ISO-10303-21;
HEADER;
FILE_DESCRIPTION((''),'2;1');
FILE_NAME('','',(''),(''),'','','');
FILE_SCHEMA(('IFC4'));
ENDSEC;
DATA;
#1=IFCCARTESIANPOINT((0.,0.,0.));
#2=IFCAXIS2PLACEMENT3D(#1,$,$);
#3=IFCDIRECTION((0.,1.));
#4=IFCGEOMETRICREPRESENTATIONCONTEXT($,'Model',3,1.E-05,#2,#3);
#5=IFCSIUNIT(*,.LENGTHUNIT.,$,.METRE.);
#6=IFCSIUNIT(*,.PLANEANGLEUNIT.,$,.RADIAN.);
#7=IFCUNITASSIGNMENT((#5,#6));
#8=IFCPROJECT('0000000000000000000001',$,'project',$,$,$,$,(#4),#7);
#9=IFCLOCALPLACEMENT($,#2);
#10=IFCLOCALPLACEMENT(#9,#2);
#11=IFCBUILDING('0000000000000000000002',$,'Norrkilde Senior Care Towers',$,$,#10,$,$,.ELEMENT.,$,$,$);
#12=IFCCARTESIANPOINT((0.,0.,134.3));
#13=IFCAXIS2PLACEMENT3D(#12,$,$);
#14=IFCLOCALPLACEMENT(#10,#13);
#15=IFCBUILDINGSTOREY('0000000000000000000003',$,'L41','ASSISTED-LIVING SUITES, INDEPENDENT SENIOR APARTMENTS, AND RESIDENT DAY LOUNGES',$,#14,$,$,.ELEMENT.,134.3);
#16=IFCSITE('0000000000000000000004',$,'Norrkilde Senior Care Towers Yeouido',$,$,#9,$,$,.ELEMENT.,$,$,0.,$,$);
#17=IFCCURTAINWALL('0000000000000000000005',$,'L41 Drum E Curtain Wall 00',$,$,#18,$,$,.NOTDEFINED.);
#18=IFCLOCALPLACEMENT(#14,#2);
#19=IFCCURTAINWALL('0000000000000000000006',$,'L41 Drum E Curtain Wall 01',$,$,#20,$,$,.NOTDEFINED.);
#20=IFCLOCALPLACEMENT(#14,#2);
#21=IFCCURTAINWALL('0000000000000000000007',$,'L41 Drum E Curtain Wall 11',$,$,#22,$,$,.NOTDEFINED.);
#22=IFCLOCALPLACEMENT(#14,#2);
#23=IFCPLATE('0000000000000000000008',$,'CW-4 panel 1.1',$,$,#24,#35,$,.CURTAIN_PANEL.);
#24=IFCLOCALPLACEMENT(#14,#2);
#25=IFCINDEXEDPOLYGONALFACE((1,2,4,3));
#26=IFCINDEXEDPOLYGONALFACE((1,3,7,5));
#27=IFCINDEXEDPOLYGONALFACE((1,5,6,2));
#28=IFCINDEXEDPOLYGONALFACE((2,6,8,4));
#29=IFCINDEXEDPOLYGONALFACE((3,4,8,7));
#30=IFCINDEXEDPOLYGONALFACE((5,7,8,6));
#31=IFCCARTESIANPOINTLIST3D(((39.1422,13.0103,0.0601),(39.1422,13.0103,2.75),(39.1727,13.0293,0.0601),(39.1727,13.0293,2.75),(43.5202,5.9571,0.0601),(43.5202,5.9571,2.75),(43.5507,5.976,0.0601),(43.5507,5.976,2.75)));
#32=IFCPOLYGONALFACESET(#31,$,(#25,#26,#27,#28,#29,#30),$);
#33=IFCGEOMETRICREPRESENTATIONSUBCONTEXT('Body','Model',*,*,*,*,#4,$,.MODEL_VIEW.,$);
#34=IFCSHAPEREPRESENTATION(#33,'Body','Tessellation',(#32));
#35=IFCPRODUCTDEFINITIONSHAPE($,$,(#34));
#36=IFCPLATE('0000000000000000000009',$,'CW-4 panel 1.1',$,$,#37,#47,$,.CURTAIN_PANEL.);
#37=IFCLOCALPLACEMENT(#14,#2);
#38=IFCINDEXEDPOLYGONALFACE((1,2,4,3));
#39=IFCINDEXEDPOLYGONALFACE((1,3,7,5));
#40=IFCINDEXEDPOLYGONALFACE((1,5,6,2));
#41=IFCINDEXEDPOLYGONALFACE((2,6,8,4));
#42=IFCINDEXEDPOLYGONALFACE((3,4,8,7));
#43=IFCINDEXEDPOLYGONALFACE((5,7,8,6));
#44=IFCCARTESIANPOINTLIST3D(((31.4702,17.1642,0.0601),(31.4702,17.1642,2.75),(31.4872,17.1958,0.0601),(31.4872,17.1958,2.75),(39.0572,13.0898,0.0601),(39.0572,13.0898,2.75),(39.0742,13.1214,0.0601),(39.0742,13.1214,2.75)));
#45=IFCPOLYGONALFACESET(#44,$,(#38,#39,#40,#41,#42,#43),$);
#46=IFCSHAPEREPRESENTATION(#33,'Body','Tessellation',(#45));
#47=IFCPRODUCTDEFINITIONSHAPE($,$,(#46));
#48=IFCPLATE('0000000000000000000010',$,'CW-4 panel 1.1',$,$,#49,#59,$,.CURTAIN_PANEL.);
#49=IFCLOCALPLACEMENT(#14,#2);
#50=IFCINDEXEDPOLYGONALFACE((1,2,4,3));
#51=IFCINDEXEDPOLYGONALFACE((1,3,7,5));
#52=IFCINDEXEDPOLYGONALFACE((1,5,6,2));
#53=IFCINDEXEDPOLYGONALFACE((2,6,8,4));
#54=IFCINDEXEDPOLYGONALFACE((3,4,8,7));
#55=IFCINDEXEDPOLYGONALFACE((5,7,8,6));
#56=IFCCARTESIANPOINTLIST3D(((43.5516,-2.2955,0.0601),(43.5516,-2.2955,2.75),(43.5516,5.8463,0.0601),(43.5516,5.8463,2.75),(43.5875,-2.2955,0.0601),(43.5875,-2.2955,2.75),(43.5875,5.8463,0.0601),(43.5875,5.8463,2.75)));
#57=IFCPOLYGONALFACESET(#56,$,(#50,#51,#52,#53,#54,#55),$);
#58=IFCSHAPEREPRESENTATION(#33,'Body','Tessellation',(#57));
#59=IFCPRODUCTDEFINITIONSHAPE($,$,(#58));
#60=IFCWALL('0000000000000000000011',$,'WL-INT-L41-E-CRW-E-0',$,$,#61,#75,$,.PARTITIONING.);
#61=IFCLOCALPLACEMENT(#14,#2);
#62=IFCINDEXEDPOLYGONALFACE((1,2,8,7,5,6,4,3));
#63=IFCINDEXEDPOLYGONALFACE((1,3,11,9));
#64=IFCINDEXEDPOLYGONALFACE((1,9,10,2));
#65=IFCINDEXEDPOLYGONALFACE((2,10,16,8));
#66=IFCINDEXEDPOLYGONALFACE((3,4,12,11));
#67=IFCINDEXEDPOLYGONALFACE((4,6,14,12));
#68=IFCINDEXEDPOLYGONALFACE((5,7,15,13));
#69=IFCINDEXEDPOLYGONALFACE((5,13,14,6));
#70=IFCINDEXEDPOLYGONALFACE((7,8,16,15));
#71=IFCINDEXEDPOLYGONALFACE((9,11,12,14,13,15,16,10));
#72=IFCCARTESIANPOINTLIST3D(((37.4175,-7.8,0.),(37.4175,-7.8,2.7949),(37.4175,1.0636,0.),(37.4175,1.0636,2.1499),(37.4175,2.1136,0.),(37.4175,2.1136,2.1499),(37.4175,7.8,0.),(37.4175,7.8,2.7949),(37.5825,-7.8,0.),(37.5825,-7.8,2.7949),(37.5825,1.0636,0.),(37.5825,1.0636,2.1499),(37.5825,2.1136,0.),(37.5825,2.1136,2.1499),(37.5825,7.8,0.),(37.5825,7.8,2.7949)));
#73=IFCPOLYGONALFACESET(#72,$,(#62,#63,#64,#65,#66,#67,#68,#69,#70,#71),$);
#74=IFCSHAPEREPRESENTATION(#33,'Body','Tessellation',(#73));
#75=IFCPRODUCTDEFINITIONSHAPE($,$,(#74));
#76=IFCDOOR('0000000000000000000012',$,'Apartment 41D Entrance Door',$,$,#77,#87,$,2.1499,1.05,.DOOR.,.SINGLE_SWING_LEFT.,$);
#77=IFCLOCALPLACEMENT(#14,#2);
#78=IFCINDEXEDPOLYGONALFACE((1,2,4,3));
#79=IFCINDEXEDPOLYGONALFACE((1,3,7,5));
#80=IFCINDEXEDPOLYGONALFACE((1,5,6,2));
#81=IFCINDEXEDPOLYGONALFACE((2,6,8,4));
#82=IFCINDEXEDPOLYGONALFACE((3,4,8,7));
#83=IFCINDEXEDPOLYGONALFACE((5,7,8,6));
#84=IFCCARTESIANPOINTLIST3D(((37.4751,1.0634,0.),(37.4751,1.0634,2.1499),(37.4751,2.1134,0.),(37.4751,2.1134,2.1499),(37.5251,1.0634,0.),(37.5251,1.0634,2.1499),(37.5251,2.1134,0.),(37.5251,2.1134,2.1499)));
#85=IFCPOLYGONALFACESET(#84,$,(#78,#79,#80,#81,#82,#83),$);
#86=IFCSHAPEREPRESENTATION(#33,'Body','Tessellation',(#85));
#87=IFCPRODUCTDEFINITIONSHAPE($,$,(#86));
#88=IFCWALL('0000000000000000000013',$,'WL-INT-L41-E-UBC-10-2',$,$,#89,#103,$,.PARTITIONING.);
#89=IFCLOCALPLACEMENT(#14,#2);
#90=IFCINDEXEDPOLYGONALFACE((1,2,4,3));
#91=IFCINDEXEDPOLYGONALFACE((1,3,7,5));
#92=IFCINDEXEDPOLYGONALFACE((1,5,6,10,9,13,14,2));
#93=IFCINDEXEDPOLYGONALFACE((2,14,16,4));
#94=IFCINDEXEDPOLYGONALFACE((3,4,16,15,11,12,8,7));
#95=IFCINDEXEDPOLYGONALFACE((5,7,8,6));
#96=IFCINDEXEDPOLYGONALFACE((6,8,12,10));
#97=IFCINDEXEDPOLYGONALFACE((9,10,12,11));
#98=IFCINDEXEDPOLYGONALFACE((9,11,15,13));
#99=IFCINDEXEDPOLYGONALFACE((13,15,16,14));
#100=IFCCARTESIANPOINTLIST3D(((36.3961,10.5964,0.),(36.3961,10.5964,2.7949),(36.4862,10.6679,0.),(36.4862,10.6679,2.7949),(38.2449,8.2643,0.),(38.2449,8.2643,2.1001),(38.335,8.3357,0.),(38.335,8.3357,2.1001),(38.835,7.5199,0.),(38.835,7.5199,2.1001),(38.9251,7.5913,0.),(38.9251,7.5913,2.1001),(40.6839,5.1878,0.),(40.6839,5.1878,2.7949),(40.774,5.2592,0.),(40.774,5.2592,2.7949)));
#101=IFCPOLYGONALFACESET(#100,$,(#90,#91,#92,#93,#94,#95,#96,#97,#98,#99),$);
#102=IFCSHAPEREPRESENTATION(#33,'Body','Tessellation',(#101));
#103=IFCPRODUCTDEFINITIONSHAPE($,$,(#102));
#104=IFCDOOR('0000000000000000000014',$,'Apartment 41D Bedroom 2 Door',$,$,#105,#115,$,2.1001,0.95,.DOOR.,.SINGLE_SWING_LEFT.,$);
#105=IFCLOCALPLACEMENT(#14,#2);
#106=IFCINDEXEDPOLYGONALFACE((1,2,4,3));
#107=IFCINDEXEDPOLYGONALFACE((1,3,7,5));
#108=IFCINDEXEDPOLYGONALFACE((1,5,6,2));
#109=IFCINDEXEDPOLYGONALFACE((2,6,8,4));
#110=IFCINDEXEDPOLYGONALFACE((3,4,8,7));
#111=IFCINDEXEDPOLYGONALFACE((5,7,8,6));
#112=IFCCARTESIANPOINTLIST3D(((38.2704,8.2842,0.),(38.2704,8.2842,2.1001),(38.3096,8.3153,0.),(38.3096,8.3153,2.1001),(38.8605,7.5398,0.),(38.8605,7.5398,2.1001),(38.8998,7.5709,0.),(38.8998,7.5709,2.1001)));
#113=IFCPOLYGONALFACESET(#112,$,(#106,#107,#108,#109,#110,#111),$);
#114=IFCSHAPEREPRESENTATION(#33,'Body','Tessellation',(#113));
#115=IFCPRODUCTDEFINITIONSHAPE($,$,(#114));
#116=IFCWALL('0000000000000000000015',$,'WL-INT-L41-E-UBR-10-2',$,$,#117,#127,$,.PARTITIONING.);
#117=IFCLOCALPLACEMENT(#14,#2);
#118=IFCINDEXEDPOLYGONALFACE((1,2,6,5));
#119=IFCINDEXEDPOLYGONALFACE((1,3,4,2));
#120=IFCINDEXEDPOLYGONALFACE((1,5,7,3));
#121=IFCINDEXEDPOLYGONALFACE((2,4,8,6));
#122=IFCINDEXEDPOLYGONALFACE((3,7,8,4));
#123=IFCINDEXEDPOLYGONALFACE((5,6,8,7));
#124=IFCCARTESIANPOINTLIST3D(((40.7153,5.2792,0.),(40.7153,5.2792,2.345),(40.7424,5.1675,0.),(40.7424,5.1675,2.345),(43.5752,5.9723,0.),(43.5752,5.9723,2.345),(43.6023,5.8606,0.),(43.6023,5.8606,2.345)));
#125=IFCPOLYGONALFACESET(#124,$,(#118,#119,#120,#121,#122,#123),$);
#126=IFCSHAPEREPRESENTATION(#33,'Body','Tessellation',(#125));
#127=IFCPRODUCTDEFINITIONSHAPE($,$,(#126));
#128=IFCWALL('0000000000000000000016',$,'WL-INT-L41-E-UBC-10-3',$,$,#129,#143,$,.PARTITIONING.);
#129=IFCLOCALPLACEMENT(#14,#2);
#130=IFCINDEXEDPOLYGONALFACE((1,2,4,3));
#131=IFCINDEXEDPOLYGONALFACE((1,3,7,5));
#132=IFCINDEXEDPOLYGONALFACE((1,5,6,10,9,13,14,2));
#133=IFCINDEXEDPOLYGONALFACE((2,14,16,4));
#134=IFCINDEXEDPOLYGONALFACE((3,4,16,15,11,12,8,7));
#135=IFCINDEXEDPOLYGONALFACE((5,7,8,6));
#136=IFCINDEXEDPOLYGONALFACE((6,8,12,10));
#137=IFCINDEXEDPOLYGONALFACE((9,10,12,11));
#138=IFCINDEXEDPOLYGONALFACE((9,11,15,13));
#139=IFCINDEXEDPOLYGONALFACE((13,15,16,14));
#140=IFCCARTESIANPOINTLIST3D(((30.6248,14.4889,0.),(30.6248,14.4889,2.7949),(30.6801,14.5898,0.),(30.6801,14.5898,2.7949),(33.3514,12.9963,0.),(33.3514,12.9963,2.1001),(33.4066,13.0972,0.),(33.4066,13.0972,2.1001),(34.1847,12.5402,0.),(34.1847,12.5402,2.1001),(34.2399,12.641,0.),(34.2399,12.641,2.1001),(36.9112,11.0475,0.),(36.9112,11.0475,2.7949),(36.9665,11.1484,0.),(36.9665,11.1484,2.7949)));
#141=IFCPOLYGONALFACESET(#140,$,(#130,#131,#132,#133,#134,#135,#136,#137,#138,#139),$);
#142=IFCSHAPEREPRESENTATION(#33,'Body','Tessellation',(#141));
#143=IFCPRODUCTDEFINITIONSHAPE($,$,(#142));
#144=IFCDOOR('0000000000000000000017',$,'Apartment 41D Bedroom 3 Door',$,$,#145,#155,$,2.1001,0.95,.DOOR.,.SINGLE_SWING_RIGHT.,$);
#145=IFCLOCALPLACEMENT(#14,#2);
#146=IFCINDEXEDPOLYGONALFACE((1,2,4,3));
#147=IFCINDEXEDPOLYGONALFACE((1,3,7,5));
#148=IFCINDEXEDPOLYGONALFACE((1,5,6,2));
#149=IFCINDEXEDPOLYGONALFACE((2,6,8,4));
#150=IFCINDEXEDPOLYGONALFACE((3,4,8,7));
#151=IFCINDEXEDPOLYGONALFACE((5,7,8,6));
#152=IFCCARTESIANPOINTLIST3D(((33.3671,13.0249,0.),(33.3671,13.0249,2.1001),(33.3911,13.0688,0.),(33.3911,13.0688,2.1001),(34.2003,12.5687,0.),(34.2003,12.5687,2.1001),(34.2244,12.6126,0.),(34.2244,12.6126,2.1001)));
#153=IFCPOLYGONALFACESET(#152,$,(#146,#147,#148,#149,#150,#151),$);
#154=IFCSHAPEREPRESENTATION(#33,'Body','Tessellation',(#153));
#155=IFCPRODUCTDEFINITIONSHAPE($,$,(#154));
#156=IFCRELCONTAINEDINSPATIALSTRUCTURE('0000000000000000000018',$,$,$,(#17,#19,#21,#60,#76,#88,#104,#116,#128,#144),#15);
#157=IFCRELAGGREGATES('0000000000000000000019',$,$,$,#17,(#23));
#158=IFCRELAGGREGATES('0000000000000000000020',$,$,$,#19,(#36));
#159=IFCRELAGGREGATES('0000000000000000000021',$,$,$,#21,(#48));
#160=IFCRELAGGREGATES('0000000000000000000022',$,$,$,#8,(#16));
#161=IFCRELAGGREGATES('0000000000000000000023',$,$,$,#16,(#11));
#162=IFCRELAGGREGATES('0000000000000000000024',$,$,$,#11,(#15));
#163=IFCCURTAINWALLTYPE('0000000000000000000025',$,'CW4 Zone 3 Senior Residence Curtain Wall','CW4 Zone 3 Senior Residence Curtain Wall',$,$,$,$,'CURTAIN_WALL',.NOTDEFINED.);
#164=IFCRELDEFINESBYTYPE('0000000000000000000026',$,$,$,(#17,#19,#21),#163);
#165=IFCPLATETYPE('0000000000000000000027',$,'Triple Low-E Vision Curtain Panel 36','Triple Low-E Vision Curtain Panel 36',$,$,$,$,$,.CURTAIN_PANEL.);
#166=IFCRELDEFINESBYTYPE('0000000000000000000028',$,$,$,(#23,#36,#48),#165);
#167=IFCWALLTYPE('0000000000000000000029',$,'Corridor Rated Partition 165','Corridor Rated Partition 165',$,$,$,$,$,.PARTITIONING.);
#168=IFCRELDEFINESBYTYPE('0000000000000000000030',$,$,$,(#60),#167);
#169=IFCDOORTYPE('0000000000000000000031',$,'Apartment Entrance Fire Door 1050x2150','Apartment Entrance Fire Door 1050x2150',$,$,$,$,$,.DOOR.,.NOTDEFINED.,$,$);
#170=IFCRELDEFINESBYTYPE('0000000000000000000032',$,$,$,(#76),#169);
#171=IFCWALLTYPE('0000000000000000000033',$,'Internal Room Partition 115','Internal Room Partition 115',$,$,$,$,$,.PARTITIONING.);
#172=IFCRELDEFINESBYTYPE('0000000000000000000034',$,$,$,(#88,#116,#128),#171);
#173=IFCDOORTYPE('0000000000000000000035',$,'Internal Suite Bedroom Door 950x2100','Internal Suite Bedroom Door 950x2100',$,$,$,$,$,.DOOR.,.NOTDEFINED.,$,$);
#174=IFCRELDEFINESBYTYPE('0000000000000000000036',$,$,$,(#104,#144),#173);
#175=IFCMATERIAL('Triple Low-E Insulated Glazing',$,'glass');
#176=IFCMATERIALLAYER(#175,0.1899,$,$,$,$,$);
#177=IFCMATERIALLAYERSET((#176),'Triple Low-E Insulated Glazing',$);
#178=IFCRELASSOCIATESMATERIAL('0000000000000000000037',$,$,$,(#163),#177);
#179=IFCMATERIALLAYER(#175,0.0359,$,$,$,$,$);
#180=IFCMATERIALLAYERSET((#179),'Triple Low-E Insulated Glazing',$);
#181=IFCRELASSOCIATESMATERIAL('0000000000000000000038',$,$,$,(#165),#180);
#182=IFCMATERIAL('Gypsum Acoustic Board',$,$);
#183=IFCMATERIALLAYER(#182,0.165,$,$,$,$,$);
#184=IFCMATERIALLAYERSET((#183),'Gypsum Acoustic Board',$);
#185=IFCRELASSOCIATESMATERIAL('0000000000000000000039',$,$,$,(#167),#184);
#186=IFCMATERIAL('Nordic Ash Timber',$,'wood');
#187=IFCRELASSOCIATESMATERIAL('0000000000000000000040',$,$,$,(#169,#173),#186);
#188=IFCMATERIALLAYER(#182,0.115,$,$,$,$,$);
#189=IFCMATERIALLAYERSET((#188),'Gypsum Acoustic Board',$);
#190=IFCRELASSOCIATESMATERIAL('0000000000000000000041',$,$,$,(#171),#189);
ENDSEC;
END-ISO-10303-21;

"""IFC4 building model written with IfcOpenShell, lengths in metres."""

from ifc_helpers import new_model, si_unit, direction, frame, frame_2d, origin, origin_2d, place, context, subcontext, project, spatial, rectangle, extrude, source, transform, mapped, material, layer, layer_set, type_object, type_shapes, element, fill, aggregate, save


model = new_model("IFC4")

# Units and contexts
model_context = context("Model", 3, precision=1e-05, world=origin(), true_north=direction((0.0, 1.0)))
body_context = subcontext(model_context, "Body", "Model", "MODEL_VIEW")
ifc_project = project(units=[si_unit("LENGTHUNIT", "METRE"), si_unit("PLANEANGLEUNIT", "RADIAN")], contexts=[model_context])

# Site, building, storey
site_placement = place(None, origin())
site = spatial("IfcSite", under=ifc_project, at=site_placement, Name="Norrkilde Senior Care Towers Yeouido", CompositionType="ELEMENT", RefElevation=0.0)
building_placement = place(site_placement, origin())
building = spatial("IfcBuilding", under=site, at=building_placement, Name="Norrkilde Senior Care Towers", CompositionType="ELEMENT")
storey_placement = place(building_placement, frame((0.0, 0.0, 134.3)))
storey = spatial("IfcBuildingStorey", under=building, at=storey_placement, Name="L41", Description="ASSISTED-LIVING SUITES, INDEPENDENT SENIOR APARTMENTS, AND RESIDENT DAY LOUNGES", CompositionType="ELEMENT", Elevation=134.3)

# Curtain wall
ifc_material_1 = material(Name="Triple Low-E Insulated Glazing", Category="glass")
ifc_layer_1 = layer(ifc_material_1, 0.1899)
ifc_layer_set_1 = layer_set([ifc_layer_1], Name="Triple Low-E Insulated Glazing")
curtain_wall_type = type_object("IfcCurtainWallType", Name="CW4 Zone 3 Senior Residence Curtain Wall", Description="CW4 Zone 3 Senior Residence Curtain Wall", ElementType="CURTAIN_WALL", PredefinedType="NOTDEFINED", material=ifc_layer_set_1)
curtain_wall_1_placement = place(storey_placement, origin())
curtain_wall_1 = element("IfcCurtainWall", 1, at=curtain_wall_1_placement, inside=storey, type_object=curtain_wall_type, Name="L41 Drum E Curtain Wall 00", PredefinedType="NOTDEFINED")

# Curtain walls
curtain_wall_2_placement = place(storey_placement, origin())
curtain_wall_2 = element("IfcCurtainWall", 2, at=curtain_wall_2_placement, inside=storey, type_object=curtain_wall_type, Name="L41 Drum E Curtain Wall 01", PredefinedType="NOTDEFINED")
curtain_wall_3_placement = place(storey_placement, origin())
curtain_wall_3 = element("IfcCurtainWall", 3, at=curtain_wall_3_placement, inside=storey, type_object=curtain_wall_type, Name="L41 Drum E Curtain Wall 11", PredefinedType="NOTDEFINED")

# Plates
ifc_layer_2 = layer(ifc_material_1, 0.0359)
ifc_layer_set_2 = layer_set([ifc_layer_2], Name="Triple Low-E Insulated Glazing")
plate_type_1 = type_object("IfcPlateType", Name="Triple Low-E Vision Curtain Panel 36", Description="Triple Low-E Vision Curtain Panel 36", PredefinedType="CURTAIN_PANEL", material=ifc_layer_set_2)
shared_shape_1 = source(origin(), body_context, "Body", "SweptSolid", [
    extrude(rectangle(XDim=8.3015, YDim=0.0359, at=origin_2d()), origin(), (0.0, 0.0, 1.0), 2.6899),
])
plate_1_placement = place(storey_placement, frame((41.3464, 9.4932, 0.0601), z_axis=(0.0, 0.0, 1.0), x_axis=(0.527373, -0.849634, 0.0)))
plate_1 = element("IfcPlate", 4, at=plate_1_placement, type_object=plate_type_1, Name="CW-4 panel 1.1", PredefinedType="CURTAIN_PANEL", context=body_context, shape_type="MappedRepresentation", body=[
    mapped(shared_shape_1, transform((0.0, 0.0, 0.0), x_axis=(1.0, 0.0, 0.0), y_axis=(0.0, 1.0, 0.0), z_axis=(0.0, 0.0, 1.0), scale=1.0)),
])
aggregate(curtain_wall_1, [plate_1])
shared_shape_2 = source(origin(), body_context, "Body", "SweptSolid", [
    extrude(rectangle(XDim=8.6118, YDim=0.0359, at=origin_2d()), origin(), (0.0, 0.0, 1.0), 2.6899),
])
plate_2_placement = place(storey_placement, frame((35.2722, 15.1428, 0.0601), z_axis=(0.0, 0.0, 1.0), x_axis=(0.881, -0.473117, 0.0)))
plate_2 = element("IfcPlate", 5, at=plate_2_placement, type_object=plate_type_1, Name="CW-4 panel 1.1", PredefinedType="CURTAIN_PANEL", context=body_context, shape_type="MappedRepresentation", body=[
    mapped(shared_shape_2, transform((0.0, 0.0, 0.0), x_axis=(1.0, 0.0, 0.0), y_axis=(0.0, 1.0, 0.0), z_axis=(0.0, 0.0, 1.0), scale=1.0)),
])
aggregate(curtain_wall_2, [plate_2])
shared_shape_3 = source(origin(), body_context, "Body", "SweptSolid", [
    extrude(rectangle(XDim=8.1418, YDim=0.0359, at=origin_2d()), origin(), (0.0, 0.0, 1.0), 2.6899),
])
type_shapes(plate_type_1, [shared_shape_1, shared_shape_2, shared_shape_3])
plate_3_placement = place(storey_placement, frame((43.5696, 1.7754, 0.0601), z_axis=(0.0, 0.0, 1.0), x_axis=(0.0, -1.0, 0.0)))
plate_3 = element("IfcPlate", 6, at=plate_3_placement, type_object=plate_type_1, Name="CW-4 panel 1.1", PredefinedType="CURTAIN_PANEL", context=body_context, shape_type="MappedRepresentation", body=[
    mapped(shared_shape_3, transform((0.0, 0.0, 0.0), x_axis=(1.0, 0.0, 0.0), y_axis=(0.0, 1.0, 0.0), z_axis=(0.0, 0.0, 1.0), scale=1.0)),
])
aggregate(curtain_wall_3, [plate_3])

# Walls, openings, doors
ifc_material_2 = material(Name="Gypsum Acoustic Board")
ifc_layer_3 = layer(ifc_material_2, 0.165)
ifc_layer_set_3 = layer_set([ifc_layer_3], Name="Gypsum Acoustic Board")
wall_type_1 = type_object("IfcWallType", Name="Corridor Rated Partition 165", Description="Corridor Rated Partition 165", PredefinedType="PARTITIONING", material=ifc_layer_set_3)
shared_shape_4 = source(origin(), body_context, "Body", "SweptSolid", [
    extrude(rectangle(XDim=15.6001, YDim=0.165, at=frame_2d((7.8, 0.0))), origin(), (0.0, 0.0, 1.0), 2.7949),
])
type_shapes(wall_type_1, [shared_shape_4])
wall_1_placement = place(storey_placement, frame((37.5, 7.8, 0.0), z_axis=(0.0, 0.0, 1.0), x_axis=(0.0, -1.0, 0.0)))
wall_1 = element("IfcWall", 7, at=wall_1_placement, inside=storey, type_object=wall_type_1, Name="WL-INT-L41-E-CRW-E-0", PredefinedType="PARTITIONING", context=body_context, shape_type="MappedRepresentation", body=[
    mapped(shared_shape_4, transform((0.0, 0.0, 0.0), x_axis=(1.0, 0.0, 0.0), y_axis=(0.0, 1.0, 0.0), z_axis=(0.0, 0.0, 1.0), scale=1.0)),
])
opening_1_placement = place(wall_1_placement, frame((5.6865, 0.0, 0.0)))
opening_1 = element("IfcOpeningElement", 8, at=opening_1_placement, cuts=wall_1, PredefinedType="OPENING", context=body_context, shape_type="SweptSolid", body=[
    extrude(rectangle(XDim=1.05, YDim=2.1499, at=frame_2d((0.5249, 1.075))), frame((0.0, 0.0925, 0.0), z_axis=(0.0, -1.0, 0.0), x_axis=(1.0, 0.0, 0.0)), (0.0, 0.0, 1.0), 0.1851),
])
ifc_material_3 = material(Name="Nordic Ash Timber", Category="wood")
door_type_1 = type_object("IfcDoorType", Name="Apartment Entrance Fire Door 1050x2150", Description="Apartment Entrance Fire Door 1050x2150", OperationType="NOTDEFINED", PredefinedType="DOOR", material=ifc_material_3)
shared_shape_5 = source(origin(), body_context, "Body", "SweptSolid", [
    extrude(rectangle(XDim=1.05, YDim=2.1499, at=frame_2d((0.5249, 1.075))), frame((0.0, 0.0249, 0.0), z_axis=(0.0, -1.0, 0.0), x_axis=(1.0, 0.0, 0.0)), (0.0, 0.0, 1.0), 0.05),
])
type_shapes(door_type_1, [shared_shape_5])
door_1_placement = place(opening_1_placement, frame((1.05, 0.0, 0.0), z_axis=(0.0, 0.0, 1.0), x_axis=(-1.0, 0.0, 0.0)))
door_1 = element("IfcDoor", 9, at=door_1_placement, inside=storey, type_object=door_type_1, Name="Apartment 41D Entrance Door", OperationType="SINGLE_SWING_LEFT", OverallHeight=2.1499, OverallWidth=1.05, PredefinedType="DOOR", context=body_context, shape_type="MappedRepresentation", body=[
    mapped(shared_shape_5, transform((0.0, 0.0, 0.0), x_axis=(1.0, 0.0, 0.0), y_axis=(0.0, 1.0, 0.0), z_axis=(0.0, 0.0, 1.0), scale=1.0)),
])
fill(opening_1, door_1)
ifc_layer_4 = layer(ifc_material_2, 0.115)
ifc_layer_set_4 = layer_set([ifc_layer_4], Name="Gypsum Acoustic Board")
wall_type_2 = type_object("IfcWallType", Name="Internal Room Partition 115", Description="Internal Room Partition 115", PredefinedType="PARTITIONING", material=ifc_layer_set_4)
shared_shape_6 = source(origin(), body_context, "Body", "SweptSolid", [
    extrude(rectangle(XDim=6.9021, YDim=0.115, at=frame_2d((3.4512, 0.0))), origin(), (0.0, 0.0, 1.0), 2.7949),
])
wall_2_placement = place(storey_placement, frame((40.729, 5.2234, 0.0), z_axis=(0.0, 0.0, 1.0), x_axis=(-0.621234, 0.783625, 0.0)))
wall_2 = element("IfcWall", 10, at=wall_2_placement, inside=storey, type_object=wall_type_2, Name="WL-INT-L41-E-UBC-10-2", PredefinedType="PARTITIONING", context=body_context, shape_type="MappedRepresentation", body=[
    mapped(shared_shape_6, transform((0.0, 0.0, 0.0), x_axis=(1.0, 0.0, 0.0), y_axis=(0.0, 1.0, 0.0), z_axis=(0.0, 0.0, 1.0), scale=1.0)),
])
opening_2_placement = place(wall_2_placement, frame((2.9761, 0.0, 0.0)))
opening_2 = element("IfcOpeningElement", 11, at=opening_2_placement, cuts=wall_2, PredefinedType="OPENING", context=body_context, shape_type="SweptSolid", body=[
    extrude(rectangle(XDim=0.95, YDim=2.1001, at=frame_2d((0.4751, 1.05))), frame((0.0, 0.0674, 0.0), z_axis=(0.0, -1.0, 0.0), x_axis=(1.0, 0.0, 0.0)), (0.0, 0.0, 1.0), 0.135),
])
door_type_2 = type_object("IfcDoorType", Name="Internal Suite Bedroom Door 950x2100", Description="Internal Suite Bedroom Door 950x2100", OperationType="NOTDEFINED", PredefinedType="DOOR", material=ifc_material_3)
shared_shape_7 = source(origin(), body_context, "Body", "SweptSolid", [
    extrude(rectangle(XDim=0.95, YDim=2.1001, at=frame_2d((0.4751, 1.05))), frame((0.0, 0.0249, 0.0), z_axis=(0.0, -1.0, 0.0), x_axis=(1.0, 0.0, 0.0)), (0.0, 0.0, 1.0), 0.05),
])
type_shapes(door_type_2, [shared_shape_7])
door_2_placement = place(opening_2_placement, frame((0.95, 0.0, 0.0), z_axis=(0.0, 0.0, 1.0), x_axis=(-1.0, 0.0, 0.0)))
door_2 = element("IfcDoor", 12, at=door_2_placement, inside=storey, type_object=door_type_2, Name="Apartment 41D Bedroom 2 Door", OperationType="SINGLE_SWING_LEFT", OverallHeight=2.1001, OverallWidth=0.95, PredefinedType="DOOR", context=body_context, shape_type="MappedRepresentation", body=[
    mapped(shared_shape_7, transform((0.0, 0.0, 0.0), x_axis=(1.0, 0.0, 0.0), y_axis=(0.0, 1.0, 0.0), z_axis=(0.0, 0.0, 1.0), scale=1.0)),
])
fill(opening_2, door_2)

# Wall
shared_shape_8 = source(origin(), body_context, "Body", "SweptSolid", [
    extrude(rectangle(XDim=2.9426, YDim=0.115, at=frame_2d((1.4712, 0.0))), origin(), (0.0, 0.0, 1.0), 2.345),
])
wall_3_placement = place(storey_placement, frame((40.729, 5.2234, 0.0), z_axis=(0.0, 0.0, 1.0), x_axis=(0.971864, 0.235541, 0.0)))
element("IfcWall", 13, at=wall_3_placement, inside=storey, type_object=wall_type_2, Name="WL-INT-L41-E-UBR-10-2", PredefinedType="PARTITIONING", context=body_context, shape_type="MappedRepresentation", body=[
    mapped(shared_shape_8, transform((0.0, 0.0, 0.0), x_axis=(1.0, 0.0, 0.0), y_axis=(0.0, 1.0, 0.0), z_axis=(0.0, 0.0, 1.0), scale=1.0)),
])

# Wall, opening, door
shared_shape_9 = source(origin(), body_context, "Body", "SweptSolid", [
    extrude(rectangle(XDim=7.1667, YDim=0.115, at=frame_2d((3.5835, 0.0))), origin(), (0.0, 0.0, 1.0), 2.7949),
])
wall_4_placement = place(storey_placement, frame((36.939, 11.0979, 0.0), z_axis=(0.0, 0.0, 1.0), x_axis=(-0.877163, 0.480193, 0.0)))
wall_4 = element("IfcWall", 14, at=wall_4_placement, inside=storey, type_object=wall_type_2, Name="WL-INT-L41-E-UBC-10-3", PredefinedType="PARTITIONING", context=body_context, shape_type="MappedRepresentation", body=[
    mapped(shared_shape_9, transform((0.0, 0.0, 0.0), x_axis=(1.0, 0.0, 0.0), y_axis=(0.0, 1.0, 0.0), z_axis=(0.0, 0.0, 1.0), scale=1.0)),
])
opening_3_placement = place(wall_4_placement, frame((3.1084, 0.0, 0.0)))
opening_3 = element("IfcOpeningElement", 15, at=opening_3_placement, cuts=wall_4, PredefinedType="OPENING", context=body_context, shape_type="SweptSolid", body=[
    extrude(rectangle(XDim=0.95, YDim=2.1001, at=frame_2d((0.4751, 1.05))), frame((0.0, 0.0674, 0.0), z_axis=(0.0, -1.0, 0.0), x_axis=(1.0, 0.0, 0.0)), (0.0, 0.0, 1.0), 0.135),
])
door_3_placement = place(opening_3_placement, origin())
door_3 = element("IfcDoor", 16, at=door_3_placement, inside=storey, type_object=door_type_2, Name="Apartment 41D Bedroom 3 Door", OperationType="SINGLE_SWING_RIGHT", OverallHeight=2.1001, OverallWidth=0.95, PredefinedType="DOOR", context=body_context, shape_type="MappedRepresentation", body=[
    mapped(shared_shape_7, transform((0.0, 0.0, 0.0), x_axis=(1.0, 0.0, 0.0), y_axis=(0.0, 1.0, 0.0), z_axis=(0.0, 0.0, 1.0), scale=1.0)),
])
fill(opening_3, door_3)

save(model, "model.ifc")
